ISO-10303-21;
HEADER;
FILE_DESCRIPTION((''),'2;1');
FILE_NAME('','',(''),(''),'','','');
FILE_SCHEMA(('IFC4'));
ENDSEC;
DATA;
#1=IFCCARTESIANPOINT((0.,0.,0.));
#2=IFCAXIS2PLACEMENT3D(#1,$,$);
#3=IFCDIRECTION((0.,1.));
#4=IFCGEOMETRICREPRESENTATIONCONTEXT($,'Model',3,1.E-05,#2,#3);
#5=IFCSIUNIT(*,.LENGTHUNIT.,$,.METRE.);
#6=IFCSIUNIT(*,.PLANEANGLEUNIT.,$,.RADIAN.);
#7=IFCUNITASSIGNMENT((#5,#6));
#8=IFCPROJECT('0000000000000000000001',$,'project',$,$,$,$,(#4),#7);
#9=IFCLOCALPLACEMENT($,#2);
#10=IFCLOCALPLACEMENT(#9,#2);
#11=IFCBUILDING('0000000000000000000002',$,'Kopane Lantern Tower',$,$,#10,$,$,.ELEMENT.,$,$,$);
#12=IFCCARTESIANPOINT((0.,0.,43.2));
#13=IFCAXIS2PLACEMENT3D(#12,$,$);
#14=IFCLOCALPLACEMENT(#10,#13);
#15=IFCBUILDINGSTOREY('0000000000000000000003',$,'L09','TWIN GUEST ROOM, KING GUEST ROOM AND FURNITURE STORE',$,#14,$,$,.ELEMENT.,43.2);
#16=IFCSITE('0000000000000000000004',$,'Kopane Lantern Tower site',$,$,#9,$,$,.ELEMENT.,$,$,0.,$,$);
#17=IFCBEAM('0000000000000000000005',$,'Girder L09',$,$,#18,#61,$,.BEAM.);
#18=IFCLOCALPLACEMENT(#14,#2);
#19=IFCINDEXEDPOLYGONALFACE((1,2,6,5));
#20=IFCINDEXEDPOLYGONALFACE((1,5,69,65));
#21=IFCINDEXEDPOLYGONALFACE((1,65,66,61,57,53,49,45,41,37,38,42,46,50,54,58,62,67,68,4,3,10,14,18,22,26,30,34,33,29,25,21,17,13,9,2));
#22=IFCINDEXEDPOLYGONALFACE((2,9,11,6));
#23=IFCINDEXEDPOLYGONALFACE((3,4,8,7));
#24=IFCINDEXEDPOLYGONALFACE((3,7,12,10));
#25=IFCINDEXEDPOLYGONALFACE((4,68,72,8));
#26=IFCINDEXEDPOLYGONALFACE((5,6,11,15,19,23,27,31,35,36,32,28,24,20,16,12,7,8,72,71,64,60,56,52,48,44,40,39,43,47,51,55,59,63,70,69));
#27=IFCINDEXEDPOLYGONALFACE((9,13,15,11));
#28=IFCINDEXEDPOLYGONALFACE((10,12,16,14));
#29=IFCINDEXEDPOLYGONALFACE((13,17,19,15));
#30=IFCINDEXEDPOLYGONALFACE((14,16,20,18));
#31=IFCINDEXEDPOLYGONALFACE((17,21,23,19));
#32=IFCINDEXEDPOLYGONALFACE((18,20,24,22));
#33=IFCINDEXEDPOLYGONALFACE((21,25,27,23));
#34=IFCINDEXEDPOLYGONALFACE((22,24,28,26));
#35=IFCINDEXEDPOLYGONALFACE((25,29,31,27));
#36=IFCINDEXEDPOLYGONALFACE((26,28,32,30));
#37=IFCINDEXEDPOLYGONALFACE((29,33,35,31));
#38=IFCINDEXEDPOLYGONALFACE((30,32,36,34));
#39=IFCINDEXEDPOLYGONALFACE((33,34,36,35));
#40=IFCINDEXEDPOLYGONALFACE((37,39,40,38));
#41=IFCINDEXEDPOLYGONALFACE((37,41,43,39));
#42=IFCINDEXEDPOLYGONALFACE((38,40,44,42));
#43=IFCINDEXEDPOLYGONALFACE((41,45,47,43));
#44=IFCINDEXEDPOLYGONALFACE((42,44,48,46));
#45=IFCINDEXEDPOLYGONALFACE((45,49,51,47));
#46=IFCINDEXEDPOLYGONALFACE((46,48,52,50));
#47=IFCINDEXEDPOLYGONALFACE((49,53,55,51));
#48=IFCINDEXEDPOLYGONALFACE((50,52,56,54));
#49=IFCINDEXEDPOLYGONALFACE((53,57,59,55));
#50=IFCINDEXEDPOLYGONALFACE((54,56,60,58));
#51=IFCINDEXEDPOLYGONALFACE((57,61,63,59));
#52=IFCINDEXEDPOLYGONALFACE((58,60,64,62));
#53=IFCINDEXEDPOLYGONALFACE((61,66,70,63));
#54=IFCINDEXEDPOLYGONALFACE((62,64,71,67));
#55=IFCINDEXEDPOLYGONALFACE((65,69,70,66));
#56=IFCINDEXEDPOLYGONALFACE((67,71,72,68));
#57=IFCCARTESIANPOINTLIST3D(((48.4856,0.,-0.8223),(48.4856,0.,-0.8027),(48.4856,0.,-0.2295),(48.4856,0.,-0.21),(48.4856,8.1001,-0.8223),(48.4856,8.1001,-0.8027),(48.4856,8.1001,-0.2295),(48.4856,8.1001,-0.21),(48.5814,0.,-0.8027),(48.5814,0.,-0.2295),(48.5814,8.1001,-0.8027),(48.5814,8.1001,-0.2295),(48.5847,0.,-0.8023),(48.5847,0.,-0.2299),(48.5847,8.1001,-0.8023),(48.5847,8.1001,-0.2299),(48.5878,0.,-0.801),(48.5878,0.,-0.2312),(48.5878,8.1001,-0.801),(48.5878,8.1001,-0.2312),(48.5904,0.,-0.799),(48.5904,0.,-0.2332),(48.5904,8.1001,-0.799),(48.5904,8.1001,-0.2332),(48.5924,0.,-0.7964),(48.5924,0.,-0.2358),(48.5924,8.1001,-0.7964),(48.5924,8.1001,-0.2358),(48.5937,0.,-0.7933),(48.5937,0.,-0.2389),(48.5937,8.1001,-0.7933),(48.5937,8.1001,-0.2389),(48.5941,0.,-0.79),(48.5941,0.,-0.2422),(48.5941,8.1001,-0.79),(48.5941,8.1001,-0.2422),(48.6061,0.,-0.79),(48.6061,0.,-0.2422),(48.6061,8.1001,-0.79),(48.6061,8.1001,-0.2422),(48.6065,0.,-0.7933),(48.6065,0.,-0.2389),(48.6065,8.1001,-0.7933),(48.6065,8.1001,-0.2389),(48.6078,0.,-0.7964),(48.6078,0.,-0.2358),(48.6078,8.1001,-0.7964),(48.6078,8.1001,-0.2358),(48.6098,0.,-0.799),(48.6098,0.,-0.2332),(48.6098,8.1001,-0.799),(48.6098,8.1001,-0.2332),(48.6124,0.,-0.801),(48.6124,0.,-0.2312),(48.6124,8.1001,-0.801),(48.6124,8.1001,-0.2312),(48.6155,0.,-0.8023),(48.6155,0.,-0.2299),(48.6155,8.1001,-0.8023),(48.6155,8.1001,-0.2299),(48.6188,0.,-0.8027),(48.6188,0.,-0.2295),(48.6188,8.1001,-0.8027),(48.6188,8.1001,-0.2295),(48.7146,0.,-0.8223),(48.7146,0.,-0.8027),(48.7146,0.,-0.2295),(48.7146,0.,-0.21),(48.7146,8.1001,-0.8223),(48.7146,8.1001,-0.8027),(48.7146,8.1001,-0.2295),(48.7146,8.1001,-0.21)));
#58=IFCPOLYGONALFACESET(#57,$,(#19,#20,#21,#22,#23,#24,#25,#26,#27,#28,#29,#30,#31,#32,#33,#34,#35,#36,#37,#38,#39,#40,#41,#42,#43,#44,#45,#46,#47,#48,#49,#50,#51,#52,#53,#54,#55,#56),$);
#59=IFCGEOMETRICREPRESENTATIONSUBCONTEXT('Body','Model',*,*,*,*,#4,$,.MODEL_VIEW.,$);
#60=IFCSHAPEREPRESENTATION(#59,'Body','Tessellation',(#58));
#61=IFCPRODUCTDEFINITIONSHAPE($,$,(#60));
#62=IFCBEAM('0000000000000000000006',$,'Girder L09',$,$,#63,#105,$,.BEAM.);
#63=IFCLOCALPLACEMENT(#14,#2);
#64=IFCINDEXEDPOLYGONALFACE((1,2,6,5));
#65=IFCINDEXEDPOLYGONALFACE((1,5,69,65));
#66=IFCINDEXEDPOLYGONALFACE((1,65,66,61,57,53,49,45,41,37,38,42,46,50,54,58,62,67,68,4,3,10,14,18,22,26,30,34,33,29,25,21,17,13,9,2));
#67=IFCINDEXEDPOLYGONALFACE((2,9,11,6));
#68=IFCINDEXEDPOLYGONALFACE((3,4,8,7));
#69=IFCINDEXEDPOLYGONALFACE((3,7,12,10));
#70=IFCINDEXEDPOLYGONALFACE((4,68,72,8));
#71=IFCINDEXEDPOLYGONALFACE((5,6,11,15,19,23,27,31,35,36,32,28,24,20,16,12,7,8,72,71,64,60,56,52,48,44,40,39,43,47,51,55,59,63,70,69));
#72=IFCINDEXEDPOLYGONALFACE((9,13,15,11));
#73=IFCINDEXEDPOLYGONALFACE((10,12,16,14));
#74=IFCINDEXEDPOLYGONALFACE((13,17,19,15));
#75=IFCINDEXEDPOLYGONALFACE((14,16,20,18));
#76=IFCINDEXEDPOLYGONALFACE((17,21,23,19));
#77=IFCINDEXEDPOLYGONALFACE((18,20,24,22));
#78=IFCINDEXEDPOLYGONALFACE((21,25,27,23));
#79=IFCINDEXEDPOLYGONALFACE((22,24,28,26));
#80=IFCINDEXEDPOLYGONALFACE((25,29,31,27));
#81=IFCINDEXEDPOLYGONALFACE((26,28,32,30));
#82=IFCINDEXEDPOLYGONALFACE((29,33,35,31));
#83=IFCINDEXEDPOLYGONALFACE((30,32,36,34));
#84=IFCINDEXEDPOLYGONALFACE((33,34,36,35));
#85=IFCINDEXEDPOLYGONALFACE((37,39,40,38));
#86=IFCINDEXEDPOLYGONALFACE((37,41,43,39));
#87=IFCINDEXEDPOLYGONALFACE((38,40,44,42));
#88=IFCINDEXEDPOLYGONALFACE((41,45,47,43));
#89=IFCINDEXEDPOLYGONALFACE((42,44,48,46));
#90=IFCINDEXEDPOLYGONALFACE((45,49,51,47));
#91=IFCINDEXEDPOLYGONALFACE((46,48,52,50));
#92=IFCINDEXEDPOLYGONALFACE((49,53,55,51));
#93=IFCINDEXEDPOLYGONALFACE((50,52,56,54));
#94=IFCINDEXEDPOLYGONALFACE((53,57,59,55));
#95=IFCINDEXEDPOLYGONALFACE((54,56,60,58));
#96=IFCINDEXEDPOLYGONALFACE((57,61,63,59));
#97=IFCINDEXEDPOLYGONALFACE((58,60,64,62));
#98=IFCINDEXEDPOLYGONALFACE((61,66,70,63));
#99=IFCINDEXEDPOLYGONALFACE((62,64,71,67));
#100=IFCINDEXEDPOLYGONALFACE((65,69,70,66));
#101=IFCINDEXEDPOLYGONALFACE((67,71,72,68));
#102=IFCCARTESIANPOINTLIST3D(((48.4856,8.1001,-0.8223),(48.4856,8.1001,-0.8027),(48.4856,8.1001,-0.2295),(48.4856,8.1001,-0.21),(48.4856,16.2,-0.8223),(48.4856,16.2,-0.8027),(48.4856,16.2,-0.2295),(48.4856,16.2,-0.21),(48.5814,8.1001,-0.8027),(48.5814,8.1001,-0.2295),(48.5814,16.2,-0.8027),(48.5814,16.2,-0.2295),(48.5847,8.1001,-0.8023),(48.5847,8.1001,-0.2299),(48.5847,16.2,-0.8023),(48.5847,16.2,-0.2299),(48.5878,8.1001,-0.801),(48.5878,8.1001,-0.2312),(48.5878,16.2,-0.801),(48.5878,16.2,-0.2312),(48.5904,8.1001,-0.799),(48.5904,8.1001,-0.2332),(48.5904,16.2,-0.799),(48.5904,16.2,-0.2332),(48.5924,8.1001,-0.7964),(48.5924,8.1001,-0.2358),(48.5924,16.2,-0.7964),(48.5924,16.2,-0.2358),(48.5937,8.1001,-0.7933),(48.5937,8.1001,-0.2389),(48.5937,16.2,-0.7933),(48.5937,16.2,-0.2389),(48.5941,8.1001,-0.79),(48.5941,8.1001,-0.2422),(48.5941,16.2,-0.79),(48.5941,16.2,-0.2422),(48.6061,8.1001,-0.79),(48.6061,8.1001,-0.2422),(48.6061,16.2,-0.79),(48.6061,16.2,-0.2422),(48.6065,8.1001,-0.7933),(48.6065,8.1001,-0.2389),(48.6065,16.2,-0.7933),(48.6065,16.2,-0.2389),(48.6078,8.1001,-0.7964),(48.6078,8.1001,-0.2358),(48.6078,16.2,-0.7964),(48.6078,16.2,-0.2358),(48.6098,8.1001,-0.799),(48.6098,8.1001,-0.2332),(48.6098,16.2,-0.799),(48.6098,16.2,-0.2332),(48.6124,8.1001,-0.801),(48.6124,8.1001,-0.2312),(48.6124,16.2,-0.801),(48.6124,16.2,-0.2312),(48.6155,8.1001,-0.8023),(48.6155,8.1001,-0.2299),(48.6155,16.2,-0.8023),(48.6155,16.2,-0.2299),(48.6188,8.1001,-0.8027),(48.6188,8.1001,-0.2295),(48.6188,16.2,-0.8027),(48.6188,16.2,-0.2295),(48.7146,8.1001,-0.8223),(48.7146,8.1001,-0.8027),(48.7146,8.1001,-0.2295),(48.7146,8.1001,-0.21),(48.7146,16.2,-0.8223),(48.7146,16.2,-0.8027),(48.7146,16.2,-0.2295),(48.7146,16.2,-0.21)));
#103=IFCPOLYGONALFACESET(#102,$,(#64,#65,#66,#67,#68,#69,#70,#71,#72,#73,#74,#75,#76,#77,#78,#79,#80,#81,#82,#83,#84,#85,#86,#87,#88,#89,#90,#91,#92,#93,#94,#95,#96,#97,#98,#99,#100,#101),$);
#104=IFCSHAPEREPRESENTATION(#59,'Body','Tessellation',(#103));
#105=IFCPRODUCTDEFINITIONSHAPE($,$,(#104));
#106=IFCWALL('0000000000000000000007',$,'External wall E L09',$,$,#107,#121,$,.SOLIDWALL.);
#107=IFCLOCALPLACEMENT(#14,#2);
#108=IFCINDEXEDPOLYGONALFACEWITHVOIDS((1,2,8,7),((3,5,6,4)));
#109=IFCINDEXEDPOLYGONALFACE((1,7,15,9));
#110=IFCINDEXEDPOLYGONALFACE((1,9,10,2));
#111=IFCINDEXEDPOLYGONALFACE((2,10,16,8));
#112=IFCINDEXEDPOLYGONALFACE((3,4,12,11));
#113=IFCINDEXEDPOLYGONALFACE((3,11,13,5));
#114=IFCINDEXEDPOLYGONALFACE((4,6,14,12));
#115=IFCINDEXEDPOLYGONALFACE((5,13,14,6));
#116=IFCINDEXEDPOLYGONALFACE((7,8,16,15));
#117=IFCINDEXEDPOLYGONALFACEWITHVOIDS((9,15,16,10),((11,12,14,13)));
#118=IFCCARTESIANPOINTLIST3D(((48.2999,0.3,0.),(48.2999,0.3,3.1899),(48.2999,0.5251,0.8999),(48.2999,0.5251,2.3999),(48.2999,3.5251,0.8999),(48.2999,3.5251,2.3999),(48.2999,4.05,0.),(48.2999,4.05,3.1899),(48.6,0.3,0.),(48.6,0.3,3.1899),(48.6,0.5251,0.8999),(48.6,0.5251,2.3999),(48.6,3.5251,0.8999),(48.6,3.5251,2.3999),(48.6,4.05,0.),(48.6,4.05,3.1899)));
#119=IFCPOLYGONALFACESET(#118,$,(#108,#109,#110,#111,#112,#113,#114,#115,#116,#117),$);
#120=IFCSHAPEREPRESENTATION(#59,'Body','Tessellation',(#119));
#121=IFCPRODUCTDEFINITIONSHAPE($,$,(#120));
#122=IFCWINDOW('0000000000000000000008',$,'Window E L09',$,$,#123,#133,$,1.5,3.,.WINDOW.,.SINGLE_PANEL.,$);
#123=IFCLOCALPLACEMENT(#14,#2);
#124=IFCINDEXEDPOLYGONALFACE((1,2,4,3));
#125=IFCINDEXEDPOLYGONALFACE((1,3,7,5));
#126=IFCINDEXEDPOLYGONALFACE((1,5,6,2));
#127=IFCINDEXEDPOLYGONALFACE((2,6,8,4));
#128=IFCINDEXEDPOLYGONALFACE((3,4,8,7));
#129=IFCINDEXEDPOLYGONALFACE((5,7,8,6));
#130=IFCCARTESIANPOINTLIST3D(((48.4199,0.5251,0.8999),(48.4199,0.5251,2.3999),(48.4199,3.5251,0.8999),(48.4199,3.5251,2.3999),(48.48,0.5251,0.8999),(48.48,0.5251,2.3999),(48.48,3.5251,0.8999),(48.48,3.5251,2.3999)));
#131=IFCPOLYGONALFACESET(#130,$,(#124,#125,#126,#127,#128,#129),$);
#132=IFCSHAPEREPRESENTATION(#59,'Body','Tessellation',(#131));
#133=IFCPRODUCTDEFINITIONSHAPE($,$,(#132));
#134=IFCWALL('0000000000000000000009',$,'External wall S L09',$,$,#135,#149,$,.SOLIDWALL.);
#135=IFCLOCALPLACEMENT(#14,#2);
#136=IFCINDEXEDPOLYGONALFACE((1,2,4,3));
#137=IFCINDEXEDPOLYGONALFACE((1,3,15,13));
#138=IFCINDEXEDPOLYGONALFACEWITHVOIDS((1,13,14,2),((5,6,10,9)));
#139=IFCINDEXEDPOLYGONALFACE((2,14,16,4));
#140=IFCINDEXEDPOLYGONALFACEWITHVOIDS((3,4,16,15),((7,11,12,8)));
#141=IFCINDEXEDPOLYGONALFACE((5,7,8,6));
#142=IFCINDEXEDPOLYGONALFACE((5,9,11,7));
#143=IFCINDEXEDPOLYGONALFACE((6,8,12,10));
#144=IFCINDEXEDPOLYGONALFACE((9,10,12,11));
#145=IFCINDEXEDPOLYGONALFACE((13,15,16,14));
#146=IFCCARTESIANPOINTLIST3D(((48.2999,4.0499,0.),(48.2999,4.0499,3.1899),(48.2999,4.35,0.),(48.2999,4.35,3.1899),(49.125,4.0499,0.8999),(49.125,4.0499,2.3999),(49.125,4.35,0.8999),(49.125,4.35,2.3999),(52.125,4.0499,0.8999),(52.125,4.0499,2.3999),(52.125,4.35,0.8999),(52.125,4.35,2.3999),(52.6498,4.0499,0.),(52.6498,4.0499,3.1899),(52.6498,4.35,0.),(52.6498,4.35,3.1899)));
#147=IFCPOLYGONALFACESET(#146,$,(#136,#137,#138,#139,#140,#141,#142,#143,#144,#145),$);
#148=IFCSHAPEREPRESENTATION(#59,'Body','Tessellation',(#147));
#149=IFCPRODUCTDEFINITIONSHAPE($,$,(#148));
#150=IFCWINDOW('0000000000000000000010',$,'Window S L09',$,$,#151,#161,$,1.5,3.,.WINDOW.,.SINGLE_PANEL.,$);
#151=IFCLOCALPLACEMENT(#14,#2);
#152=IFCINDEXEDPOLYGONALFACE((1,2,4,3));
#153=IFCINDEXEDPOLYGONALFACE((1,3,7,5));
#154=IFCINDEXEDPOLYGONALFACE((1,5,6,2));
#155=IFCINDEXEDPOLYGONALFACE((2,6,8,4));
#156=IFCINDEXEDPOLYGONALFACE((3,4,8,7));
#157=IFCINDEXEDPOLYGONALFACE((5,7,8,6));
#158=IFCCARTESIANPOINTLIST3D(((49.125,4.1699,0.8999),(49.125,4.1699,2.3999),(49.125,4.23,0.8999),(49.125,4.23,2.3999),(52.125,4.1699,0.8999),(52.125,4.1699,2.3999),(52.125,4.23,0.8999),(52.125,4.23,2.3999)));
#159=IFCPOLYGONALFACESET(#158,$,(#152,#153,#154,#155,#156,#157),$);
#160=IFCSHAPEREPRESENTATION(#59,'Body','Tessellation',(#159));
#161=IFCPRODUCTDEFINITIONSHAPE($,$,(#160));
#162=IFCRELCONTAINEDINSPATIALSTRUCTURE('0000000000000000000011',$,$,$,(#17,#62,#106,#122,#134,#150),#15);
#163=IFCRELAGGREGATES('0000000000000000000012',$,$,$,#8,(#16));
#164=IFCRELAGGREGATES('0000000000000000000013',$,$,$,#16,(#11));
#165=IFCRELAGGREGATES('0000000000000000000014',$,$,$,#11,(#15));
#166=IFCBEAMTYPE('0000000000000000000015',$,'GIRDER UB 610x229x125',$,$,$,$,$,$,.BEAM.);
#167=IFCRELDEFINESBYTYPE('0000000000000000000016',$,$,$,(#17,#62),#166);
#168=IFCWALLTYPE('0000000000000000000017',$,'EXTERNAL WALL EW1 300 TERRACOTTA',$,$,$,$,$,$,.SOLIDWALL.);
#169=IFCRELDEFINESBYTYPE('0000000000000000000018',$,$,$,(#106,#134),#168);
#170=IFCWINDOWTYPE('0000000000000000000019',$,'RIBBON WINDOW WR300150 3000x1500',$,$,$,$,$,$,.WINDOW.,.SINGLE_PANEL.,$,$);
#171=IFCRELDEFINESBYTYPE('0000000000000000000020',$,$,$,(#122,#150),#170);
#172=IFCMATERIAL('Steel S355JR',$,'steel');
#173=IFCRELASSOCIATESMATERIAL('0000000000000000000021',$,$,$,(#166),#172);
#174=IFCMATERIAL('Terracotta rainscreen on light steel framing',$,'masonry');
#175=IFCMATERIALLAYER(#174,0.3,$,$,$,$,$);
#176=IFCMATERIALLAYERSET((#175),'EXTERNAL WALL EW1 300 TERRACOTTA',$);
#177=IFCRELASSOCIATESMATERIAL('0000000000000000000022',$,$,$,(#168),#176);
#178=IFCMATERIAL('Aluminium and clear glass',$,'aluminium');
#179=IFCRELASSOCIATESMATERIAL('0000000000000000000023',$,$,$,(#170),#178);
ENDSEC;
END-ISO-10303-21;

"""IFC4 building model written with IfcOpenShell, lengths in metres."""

from ifc_helpers import new_model, si_unit, direction, frame, frame_2d, origin, origin_2d, place, context, subcontext, project, spatial, rectangle, i_section, extrude, material, layer, layer_set, material_profile, profile_set, type_object, element, fill, save


model = new_model("IFC4")

# Units and contexts
model_context = context("Model", 3, precision=1e-05, world=origin(), true_north=direction((0.0, 1.0)))
body_context = subcontext(model_context, "Body", "Model", "MODEL_VIEW")
ifc_project = project(units=[si_unit("LENGTHUNIT", "METRE"), si_unit("PLANEANGLEUNIT", "RADIAN")], contexts=[model_context])

# Site, building, storey
site_placement = place(None, origin())
site = spatial("IfcSite", under=ifc_project, at=site_placement, Name="Kopane Lantern Tower site", CompositionType="ELEMENT", RefElevation=0.0)
building_placement = place(site_placement, origin())
building = spatial("IfcBuilding", under=site, at=building_placement, Name="Kopane Lantern Tower", CompositionType="ELEMENT")
storey_placement = place(building_placement, frame((0.0, 0.0, 43.2)))
storey = spatial("IfcBuildingStorey", under=building, at=storey_placement, Name="L09", Description="TWIN GUEST ROOM, KING GUEST ROOM AND FURNITURE STORE", CompositionType="ELEMENT", Elevation=43.2)

# Beams
ifc_material_1 = material(Name="Steel S355JR", Category="steel")
ifc_material_profile_1 = material_profile(ifc_material_1, i_section(OverallWidth=0.229, OverallDepth=0.6123, WebThickness=0.012, FlangeThickness=0.0195, FilletRadius=0.0127, at=origin_2d()), Name="UB 610x229x125")
ifc_profile_set_1 = profile_set([ifc_material_profile_1], Name="Steel S355JR")
beam_type_1 = type_object("IfcBeamType", Name="GIRDER UB 610x229x125", PredefinedType="BEAM", material=ifc_profile_set_1)
beam_1_placement = place(storey_placement, frame((48.6001, 0.0, -0.5161), z_axis=(0.0, 1.0, 0.0), x_axis=(-1.0, 0.0, 0.0)))
element("IfcBeam", 1, at=beam_1_placement, inside=storey, type_object=beam_type_1, Name="Girder L09", PredefinedType="BEAM", context=body_context, shape_type="SweptSolid", body=[
    extrude(i_section(OverallWidth=0.229, OverallDepth=0.6123, WebThickness=0.012, FlangeThickness=0.0195, FilletRadius=0.0127, at=origin_2d()), origin(), (0.0, 0.0, 1.0), 8.1001),
])
beam_2_placement = place(storey_placement, frame((48.6001, 8.1001, -0.5161), z_axis=(0.0, 1.0, 0.0), x_axis=(-1.0, 0.0, 0.0)))
element("IfcBeam", 2, at=beam_2_placement, inside=storey, type_object=beam_type_1, Name="Girder L09", PredefinedType="BEAM", context=body_context, shape_type="SweptSolid", body=[
    extrude(i_section(OverallWidth=0.229, OverallDepth=0.6123, WebThickness=0.012, FlangeThickness=0.0195, FilletRadius=0.0127, at=origin_2d()), origin(), (0.0, 0.0, 1.0), 8.0999),
])

# Walls, openings, windows
ifc_material_2 = material(Name="Terracotta rainscreen on light steel framing", Category="masonry")
ifc_layer = layer(ifc_material_2, 0.3)
ifc_layer_set = layer_set([ifc_layer], Name="EXTERNAL WALL EW1 300 TERRACOTTA")
wall_type = type_object("IfcWallType", Name="EXTERNAL WALL EW1 300 TERRACOTTA", PredefinedType="SOLIDWALL", material=ifc_layer_set)
wall_1_placement = place(storey_placement, frame((48.45, 0.3, 0.0), z_axis=(0.0, 0.0, 1.0), x_axis=(0.0, 1.0, 0.0)))
wall_1 = element("IfcWall", 3, at=wall_1_placement, inside=storey, type_object=wall_type, Name="External wall E L09", PredefinedType="SOLIDWALL", context=body_context, shape_type="SweptSolid", body=[
    extrude(rectangle(XDim=3.75, YDim=0.3, at=frame_2d((1.875, 0.0))), origin(), (0.0, 0.0, 1.0), 3.1899),
])
opening_1_placement = place(wall_1_placement, frame((0.2251, 0.0, 0.8999)))
opening_1 = element("IfcOpeningElement", 4, at=opening_1_placement, cuts=wall_1, PredefinedType="OPENING", context=body_context, shape_type="SweptSolid", body=[
    extrude(rectangle(XDim=3.0, YDim=1.5, at=frame_2d((1.5, 0.75))), frame((0.0, 0.1599, 0.0), z_axis=(0.0, -1.0, 0.0), x_axis=(1.0, 0.0, 0.0)), (0.0, 0.0, 1.0), 0.3201),
])
ifc_material_3 = material(Name="Aluminium and clear glass", Category="aluminium")
window_type = type_object("IfcWindowType", Name="RIBBON WINDOW WR300150 3000x1500", PartitioningType="SINGLE_PANEL", PredefinedType="WINDOW", material=ifc_material_3)
window_1_placement = place(opening_1_placement, origin())
window_1 = element("IfcWindow", 5, at=window_1_placement, inside=storey, type_object=window_type, Name="Window E L09", OverallHeight=1.5, OverallWidth=3.0, PartitioningType="SINGLE_PANEL", PredefinedType="WINDOW", context=body_context, shape_type="SweptSolid", body=[
    extrude(rectangle(XDim=3.0, YDim=1.5, at=frame_2d((1.5, 0.75))), frame((0.0, 0.03, 0.0), z_axis=(0.0, -1.0, 0.0), x_axis=(1.0, 0.0, 0.0)), (0.0, 0.0, 1.0), 0.0601),
])
fill(opening_1, window_1)
wall_2_placement = place(storey_placement, frame((48.3, 4.2, 0.0), z_axis=(0.0, 0.0, 1.0), x_axis=(1.0, 0.0, 0.0)))
wall_2 = element("IfcWall", 6, at=wall_2_placement, inside=storey, type_object=wall_type, Name="External wall S L09", PredefinedType="SOLIDWALL", context=body_context, shape_type="SweptSolid", body=[
    extrude(rectangle(XDim=4.3499, YDim=0.3, at=frame_2d((2.1748, 0.0))), origin(), (0.0, 0.0, 1.0), 3.1899),
])
opening_2_placement = place(wall_2_placement, frame((0.825, 0.0, 0.8999)))
opening_2 = element("IfcOpeningElement", 7, at=opening_2_placement, cuts=wall_2, PredefinedType="OPENING", context=body_context, shape_type="SweptSolid", body=[
    extrude(rectangle(XDim=3.0, YDim=1.5, at=frame_2d((1.5, 0.75))), frame((0.0, 0.1599, 0.0), z_axis=(0.0, -1.0, 0.0), x_axis=(1.0, 0.0, 0.0)), (0.0, 0.0, 1.0), 0.3201),
])
window_2_placement = place(opening_2_placement, origin())
window_2 = element("IfcWindow", 8, at=window_2_placement, inside=storey, type_object=window_type, Name="Window S L09", OverallHeight=1.5, OverallWidth=3.0, PartitioningType="SINGLE_PANEL", PredefinedType="WINDOW", context=body_context, shape_type="SweptSolid", body=[
    extrude(rectangle(XDim=3.0, YDim=1.5, at=frame_2d((1.5, 0.75))), frame((0.0, 0.03, 0.0), z_axis=(0.0, -1.0, 0.0), x_axis=(1.0, 0.0, 0.0)), (0.0, 0.0, 1.0), 0.0601),
])
fill(opening_2, window_2)

save(model, "model.ifc")
